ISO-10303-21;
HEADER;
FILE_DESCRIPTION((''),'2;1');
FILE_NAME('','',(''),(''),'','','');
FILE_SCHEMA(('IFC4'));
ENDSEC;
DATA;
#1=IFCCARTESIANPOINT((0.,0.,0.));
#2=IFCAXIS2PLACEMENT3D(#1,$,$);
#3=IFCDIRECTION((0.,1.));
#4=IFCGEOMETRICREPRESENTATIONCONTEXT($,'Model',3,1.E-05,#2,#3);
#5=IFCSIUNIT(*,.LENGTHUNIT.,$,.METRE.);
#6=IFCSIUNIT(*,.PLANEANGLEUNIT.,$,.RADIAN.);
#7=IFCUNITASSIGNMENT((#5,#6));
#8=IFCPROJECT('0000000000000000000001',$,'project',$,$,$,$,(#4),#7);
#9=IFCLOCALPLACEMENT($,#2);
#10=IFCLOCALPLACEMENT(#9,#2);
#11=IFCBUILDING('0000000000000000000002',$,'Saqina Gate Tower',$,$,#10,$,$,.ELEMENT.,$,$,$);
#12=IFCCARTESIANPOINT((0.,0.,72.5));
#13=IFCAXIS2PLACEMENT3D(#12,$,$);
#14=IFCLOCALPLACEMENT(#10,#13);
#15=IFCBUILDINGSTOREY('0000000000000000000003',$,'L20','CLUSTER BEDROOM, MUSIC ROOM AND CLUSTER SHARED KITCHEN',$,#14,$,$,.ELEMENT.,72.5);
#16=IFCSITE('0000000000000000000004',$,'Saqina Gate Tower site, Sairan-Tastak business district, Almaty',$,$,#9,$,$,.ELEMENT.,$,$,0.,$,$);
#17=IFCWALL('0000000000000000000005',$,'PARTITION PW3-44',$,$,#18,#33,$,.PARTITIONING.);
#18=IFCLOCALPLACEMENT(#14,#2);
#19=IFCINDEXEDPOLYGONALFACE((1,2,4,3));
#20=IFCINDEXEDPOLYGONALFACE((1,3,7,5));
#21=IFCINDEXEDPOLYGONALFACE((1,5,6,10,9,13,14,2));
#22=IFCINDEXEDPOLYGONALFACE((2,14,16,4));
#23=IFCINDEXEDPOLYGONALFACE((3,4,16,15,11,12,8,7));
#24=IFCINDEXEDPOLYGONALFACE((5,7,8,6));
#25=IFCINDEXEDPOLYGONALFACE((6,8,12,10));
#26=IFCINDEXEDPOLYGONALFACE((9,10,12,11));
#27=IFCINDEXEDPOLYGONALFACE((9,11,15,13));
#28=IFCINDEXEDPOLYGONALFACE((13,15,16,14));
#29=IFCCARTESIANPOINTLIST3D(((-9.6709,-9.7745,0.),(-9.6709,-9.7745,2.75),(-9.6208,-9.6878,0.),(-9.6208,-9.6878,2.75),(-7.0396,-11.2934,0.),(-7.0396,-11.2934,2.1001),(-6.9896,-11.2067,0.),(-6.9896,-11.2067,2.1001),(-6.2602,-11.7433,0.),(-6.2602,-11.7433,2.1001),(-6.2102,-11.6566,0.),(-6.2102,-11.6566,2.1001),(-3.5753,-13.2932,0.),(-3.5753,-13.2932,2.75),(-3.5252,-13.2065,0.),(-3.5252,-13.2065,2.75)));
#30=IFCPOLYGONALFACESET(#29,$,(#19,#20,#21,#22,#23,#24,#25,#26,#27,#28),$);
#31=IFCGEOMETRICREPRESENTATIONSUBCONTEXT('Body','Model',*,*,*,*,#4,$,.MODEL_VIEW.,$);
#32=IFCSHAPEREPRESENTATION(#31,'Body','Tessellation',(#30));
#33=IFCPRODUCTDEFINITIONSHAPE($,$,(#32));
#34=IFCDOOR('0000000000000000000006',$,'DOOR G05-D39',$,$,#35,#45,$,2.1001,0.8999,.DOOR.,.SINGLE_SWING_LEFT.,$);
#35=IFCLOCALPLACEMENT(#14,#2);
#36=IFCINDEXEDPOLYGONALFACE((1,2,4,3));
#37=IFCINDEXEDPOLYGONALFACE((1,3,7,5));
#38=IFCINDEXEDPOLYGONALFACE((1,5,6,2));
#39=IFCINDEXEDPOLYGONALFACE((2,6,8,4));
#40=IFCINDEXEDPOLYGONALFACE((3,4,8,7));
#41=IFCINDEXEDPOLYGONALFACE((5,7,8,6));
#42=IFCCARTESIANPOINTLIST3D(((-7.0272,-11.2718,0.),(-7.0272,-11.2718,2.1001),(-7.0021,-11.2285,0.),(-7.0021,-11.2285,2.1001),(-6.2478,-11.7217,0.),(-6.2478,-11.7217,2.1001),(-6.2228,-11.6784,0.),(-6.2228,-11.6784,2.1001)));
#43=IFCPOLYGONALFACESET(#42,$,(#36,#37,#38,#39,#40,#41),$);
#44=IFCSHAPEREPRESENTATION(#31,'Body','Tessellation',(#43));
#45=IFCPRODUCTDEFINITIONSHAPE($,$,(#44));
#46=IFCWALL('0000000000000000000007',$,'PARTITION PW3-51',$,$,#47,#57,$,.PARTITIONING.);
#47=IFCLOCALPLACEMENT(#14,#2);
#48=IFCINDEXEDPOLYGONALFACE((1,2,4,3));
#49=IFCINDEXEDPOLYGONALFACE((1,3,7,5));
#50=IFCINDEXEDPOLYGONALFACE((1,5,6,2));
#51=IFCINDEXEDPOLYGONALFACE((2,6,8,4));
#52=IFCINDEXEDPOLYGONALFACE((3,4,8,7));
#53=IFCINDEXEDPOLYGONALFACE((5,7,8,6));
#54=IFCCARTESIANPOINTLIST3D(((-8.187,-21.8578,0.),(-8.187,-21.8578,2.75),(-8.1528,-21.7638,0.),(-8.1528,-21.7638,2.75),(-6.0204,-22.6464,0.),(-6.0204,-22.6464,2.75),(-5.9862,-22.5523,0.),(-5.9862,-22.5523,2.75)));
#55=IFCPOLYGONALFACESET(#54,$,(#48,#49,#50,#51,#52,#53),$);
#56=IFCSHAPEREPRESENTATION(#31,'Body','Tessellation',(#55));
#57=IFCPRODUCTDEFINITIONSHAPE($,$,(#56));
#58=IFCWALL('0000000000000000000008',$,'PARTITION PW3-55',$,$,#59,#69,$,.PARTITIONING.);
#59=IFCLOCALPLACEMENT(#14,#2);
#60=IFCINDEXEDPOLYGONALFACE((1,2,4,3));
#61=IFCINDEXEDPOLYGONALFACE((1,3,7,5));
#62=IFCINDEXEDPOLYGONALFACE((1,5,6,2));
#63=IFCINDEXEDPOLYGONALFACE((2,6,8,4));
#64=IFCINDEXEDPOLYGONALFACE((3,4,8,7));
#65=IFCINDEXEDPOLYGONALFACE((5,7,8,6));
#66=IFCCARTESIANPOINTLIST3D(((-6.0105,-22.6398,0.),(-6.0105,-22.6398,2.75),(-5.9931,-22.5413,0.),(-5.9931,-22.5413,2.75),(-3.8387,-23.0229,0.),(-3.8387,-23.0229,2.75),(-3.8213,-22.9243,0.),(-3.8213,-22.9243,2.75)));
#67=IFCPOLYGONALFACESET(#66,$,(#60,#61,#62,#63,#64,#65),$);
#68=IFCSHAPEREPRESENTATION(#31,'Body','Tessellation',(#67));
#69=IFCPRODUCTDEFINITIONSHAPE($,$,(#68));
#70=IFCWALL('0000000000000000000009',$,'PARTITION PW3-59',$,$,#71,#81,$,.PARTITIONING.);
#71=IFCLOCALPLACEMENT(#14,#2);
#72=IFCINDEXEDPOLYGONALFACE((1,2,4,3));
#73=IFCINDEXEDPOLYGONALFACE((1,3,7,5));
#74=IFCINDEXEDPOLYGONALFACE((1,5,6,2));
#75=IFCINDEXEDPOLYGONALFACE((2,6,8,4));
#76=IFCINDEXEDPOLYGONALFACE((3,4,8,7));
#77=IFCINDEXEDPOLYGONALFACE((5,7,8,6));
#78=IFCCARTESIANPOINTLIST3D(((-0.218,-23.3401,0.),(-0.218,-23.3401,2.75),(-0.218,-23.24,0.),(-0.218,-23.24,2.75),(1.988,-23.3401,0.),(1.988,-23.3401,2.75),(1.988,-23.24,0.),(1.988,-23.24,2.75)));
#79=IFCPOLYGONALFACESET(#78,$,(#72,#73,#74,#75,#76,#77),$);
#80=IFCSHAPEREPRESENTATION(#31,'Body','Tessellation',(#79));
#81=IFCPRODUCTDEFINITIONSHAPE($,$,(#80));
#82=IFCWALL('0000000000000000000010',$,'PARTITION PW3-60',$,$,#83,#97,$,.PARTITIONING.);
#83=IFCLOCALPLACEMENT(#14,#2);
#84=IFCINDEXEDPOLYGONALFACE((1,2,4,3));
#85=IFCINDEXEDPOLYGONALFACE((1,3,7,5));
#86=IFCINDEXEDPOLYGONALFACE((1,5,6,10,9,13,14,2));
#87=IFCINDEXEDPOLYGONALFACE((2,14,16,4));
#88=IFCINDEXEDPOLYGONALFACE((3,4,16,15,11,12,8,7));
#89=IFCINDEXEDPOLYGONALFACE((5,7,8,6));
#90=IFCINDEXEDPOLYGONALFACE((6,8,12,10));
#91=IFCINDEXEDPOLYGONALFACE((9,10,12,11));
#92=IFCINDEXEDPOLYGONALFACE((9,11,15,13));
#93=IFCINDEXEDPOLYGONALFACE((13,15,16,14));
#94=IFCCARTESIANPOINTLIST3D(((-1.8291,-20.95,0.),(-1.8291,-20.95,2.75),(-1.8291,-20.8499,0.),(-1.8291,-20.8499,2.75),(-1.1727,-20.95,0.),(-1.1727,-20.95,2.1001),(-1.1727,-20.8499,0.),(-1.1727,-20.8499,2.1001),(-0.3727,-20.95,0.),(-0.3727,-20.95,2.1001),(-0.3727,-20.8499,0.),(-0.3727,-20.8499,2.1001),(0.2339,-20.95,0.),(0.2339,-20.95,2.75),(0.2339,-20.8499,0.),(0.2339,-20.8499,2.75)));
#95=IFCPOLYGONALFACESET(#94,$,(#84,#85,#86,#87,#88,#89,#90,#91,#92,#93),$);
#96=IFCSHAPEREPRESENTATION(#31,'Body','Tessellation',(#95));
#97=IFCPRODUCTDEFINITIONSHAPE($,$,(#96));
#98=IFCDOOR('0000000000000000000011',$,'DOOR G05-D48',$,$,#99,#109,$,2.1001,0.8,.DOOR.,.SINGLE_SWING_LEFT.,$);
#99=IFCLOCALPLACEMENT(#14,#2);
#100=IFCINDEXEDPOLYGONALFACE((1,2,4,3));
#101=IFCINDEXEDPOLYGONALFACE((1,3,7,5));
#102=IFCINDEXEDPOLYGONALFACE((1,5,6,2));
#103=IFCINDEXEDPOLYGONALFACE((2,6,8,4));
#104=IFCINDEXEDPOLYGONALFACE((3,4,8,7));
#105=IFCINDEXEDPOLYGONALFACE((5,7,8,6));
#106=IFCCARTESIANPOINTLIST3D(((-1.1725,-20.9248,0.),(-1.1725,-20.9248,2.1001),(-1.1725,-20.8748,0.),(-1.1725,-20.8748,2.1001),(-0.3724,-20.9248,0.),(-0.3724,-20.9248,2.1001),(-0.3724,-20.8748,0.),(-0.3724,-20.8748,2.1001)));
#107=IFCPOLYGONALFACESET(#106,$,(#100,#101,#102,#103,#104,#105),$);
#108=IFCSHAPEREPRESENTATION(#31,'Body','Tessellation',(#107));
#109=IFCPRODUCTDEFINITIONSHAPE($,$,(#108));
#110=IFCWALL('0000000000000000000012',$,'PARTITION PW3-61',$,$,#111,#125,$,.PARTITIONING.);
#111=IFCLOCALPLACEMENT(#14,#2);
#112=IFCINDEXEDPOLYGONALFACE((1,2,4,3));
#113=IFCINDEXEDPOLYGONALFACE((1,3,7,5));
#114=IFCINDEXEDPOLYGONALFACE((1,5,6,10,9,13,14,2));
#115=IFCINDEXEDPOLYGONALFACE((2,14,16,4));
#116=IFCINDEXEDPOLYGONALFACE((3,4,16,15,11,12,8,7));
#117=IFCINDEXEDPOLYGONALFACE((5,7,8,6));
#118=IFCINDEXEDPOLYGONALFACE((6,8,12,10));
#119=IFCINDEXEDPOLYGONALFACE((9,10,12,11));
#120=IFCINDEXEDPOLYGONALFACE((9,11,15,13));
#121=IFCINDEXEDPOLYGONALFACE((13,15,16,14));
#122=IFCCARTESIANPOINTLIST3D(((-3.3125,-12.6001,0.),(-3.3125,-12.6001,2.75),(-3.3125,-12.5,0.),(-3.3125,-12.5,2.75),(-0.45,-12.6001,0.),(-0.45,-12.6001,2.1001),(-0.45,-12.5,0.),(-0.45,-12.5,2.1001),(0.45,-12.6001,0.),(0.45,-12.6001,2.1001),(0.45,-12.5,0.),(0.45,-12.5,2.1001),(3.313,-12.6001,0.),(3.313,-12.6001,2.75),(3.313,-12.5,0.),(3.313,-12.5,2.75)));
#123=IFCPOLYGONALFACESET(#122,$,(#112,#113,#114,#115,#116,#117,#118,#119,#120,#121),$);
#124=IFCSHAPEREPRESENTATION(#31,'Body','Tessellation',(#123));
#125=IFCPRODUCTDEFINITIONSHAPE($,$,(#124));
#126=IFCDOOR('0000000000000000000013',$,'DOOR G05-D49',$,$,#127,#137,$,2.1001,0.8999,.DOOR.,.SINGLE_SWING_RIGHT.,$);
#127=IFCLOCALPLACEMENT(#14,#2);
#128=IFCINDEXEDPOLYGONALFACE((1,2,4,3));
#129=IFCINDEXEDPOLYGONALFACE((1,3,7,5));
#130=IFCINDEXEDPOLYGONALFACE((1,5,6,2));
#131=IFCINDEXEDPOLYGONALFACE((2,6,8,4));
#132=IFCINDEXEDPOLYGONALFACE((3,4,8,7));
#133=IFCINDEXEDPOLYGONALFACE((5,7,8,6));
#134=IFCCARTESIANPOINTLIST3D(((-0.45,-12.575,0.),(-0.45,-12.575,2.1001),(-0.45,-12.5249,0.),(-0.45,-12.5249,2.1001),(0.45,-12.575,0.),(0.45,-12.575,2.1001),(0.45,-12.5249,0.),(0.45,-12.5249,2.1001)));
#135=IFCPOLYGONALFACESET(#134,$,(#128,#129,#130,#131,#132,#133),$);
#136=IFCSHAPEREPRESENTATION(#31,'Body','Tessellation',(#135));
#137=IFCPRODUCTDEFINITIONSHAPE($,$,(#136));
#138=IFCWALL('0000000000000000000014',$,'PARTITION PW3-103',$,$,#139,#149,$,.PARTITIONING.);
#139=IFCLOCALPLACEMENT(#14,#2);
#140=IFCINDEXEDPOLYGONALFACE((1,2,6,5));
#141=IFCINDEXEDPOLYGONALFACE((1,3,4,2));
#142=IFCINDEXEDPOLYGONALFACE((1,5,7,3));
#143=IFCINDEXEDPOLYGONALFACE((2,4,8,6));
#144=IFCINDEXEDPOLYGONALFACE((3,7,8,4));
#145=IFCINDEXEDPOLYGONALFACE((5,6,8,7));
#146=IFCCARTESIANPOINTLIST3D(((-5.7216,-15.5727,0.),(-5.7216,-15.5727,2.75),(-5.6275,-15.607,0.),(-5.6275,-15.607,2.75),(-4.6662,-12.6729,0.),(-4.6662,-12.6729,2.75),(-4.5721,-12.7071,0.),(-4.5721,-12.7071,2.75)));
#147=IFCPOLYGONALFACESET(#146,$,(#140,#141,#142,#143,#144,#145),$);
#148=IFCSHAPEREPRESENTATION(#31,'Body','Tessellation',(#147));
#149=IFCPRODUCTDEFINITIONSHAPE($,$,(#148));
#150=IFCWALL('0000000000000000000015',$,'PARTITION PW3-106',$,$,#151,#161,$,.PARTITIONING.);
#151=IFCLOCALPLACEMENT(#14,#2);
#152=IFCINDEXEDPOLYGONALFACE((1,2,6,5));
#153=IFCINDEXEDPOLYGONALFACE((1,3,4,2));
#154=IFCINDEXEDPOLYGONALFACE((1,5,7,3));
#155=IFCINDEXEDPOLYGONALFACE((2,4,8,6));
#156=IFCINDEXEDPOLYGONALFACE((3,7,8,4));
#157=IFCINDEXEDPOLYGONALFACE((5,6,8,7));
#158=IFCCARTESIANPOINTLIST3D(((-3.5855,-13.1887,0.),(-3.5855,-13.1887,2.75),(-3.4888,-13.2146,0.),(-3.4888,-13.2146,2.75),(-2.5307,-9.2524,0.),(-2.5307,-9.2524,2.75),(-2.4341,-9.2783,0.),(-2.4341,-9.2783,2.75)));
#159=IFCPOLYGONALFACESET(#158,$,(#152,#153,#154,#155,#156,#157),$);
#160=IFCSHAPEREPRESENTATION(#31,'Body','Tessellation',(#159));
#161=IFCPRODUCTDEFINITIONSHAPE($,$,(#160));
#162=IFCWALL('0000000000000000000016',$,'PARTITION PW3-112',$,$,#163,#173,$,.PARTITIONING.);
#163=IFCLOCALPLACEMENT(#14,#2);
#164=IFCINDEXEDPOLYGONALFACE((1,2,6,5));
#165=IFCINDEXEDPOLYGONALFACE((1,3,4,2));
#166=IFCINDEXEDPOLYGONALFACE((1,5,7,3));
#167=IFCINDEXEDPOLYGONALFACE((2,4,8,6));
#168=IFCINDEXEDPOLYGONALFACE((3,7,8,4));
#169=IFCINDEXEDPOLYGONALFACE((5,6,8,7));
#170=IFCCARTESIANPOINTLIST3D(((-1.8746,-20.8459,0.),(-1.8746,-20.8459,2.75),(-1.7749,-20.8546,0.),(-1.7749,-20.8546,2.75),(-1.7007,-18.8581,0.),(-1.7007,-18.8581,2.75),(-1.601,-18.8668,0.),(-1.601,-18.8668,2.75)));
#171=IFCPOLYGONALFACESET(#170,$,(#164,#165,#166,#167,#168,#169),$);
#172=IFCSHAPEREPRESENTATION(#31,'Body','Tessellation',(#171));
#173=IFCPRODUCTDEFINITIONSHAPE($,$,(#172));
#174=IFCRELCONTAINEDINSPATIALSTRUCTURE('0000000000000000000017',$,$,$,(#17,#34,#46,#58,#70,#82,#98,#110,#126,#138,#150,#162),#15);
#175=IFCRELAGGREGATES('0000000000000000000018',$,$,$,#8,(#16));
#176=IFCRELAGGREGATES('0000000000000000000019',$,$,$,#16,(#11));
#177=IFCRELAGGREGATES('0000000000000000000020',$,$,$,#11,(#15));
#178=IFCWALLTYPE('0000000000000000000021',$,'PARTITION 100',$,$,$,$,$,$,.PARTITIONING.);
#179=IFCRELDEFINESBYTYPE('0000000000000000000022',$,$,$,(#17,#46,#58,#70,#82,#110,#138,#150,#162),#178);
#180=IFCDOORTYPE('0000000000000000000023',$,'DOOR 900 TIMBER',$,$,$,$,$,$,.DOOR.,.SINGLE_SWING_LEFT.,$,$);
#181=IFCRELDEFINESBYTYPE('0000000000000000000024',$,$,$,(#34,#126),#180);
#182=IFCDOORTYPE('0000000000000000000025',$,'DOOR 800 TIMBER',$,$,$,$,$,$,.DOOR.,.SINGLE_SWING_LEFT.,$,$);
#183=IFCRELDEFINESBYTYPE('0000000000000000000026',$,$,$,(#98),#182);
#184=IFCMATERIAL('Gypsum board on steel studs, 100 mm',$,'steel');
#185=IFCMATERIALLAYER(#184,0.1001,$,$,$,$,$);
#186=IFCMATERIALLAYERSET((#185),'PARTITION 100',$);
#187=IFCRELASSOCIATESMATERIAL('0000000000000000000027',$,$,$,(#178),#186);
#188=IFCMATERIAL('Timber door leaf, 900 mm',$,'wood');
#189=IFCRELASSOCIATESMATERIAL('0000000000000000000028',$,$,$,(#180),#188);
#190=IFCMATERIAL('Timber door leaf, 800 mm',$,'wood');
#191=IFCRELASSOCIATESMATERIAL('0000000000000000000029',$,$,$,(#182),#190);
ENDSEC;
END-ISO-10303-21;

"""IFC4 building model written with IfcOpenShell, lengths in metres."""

from ifc_helpers import new_model, si_unit, direction, frame, frame_2d, origin, place, context, subcontext, project, spatial, rectangle, extrude, material, layer, layer_set, type_object, element, fill, save


model = new_model("IFC4")

# Units and contexts
model_context = context("Model", 3, precision=1e-05, world=origin(), true_north=direction((0.0, 1.0)))
body_context = subcontext(model_context, "Body", "Model", "MODEL_VIEW")
ifc_project = project(units=[si_unit("LENGTHUNIT", "METRE"), si_unit("PLANEANGLEUNIT", "RADIAN")], contexts=[model_context])

# Site, building, storey
site_placement = place(None, origin())
site = spatial("IfcSite", under=ifc_project, at=site_placement, Name="Saqina Gate Tower site, Sairan-Tastak business district, Almaty", CompositionType="ELEMENT", RefElevation=0.0)
building_placement = place(site_placement, origin())
building = spatial("IfcBuilding", under=site, at=building_placement, Name="Saqina Gate Tower", CompositionType="ELEMENT")
storey_placement = place(building_placement, frame((0.0, 0.0, 72.5)))
storey = spatial("IfcBuildingStorey", under=building, at=storey_placement, Name="L20", Description="CLUSTER BEDROOM, MUSIC ROOM AND CLUSTER SHARED KITCHEN", CompositionType="ELEMENT", Elevation=72.5)

# Wall, opening, door
ifc_material_1 = material(Name="Gypsum board on steel studs, 100 mm", Category="steel")
ifc_layer_1 = layer(ifc_material_1, 0.1001)
ifc_layer_set_1 = layer_set([ifc_layer_1], Name="PARTITION 100")
wall_type_1 = type_object("IfcWallType", Name="PARTITION 100", PredefinedType="PARTITIONING", material=ifc_layer_set_1)
wall_1_placement = place(storey_placement, frame((-9.6458, -9.7312, 0.0), z_axis=(0.0, 0.0, 1.0), x_axis=(0.86606, -0.499941, 0.0)))
wall_1 = element("IfcWall", 1, at=wall_1_placement, inside=storey, type_object=wall_type_1, Name="PARTITION PW3-44", PredefinedType="PARTITIONING", context=body_context, shape_type="SweptSolid", body=[
    extrude(rectangle(XDim=7.0383, YDim=0.1001, at=frame_2d((3.519, 0.0))), origin(), (0.0, 0.0, 1.0), 2.75),
])
opening_1_placement = place(wall_1_placement, frame((3.0381, 0.0, 0.0)))
opening_1 = element("IfcOpeningElement", 2, at=opening_1_placement, cuts=wall_1, PredefinedType="OPENING", context=body_context, shape_type="SweptSolid", body=[
    extrude(rectangle(XDim=0.8999, YDim=2.1001, at=frame_2d((0.45, 1.05))), frame((0.0, 0.062, 0.0), z_axis=(0.0, -1.0, 0.0), x_axis=(1.0, 0.0, 0.0)), (0.0, 0.0, 1.0), 0.124),
])
ifc_material_2 = material(Name="Timber door leaf, 900 mm", Category="wood")
door_type_1 = type_object("IfcDoorType", Name="DOOR 900 TIMBER", OperationType="SINGLE_SWING_LEFT", PredefinedType="DOOR", material=ifc_material_2)
door_1_placement = place(opening_1_placement, origin())
door_1 = element("IfcDoor", 3, at=door_1_placement, inside=storey, type_object=door_type_1, Name="DOOR G05-D39", OperationType="SINGLE_SWING_LEFT", OverallHeight=2.1001, OverallWidth=0.8999, PredefinedType="DOOR", context=body_context, shape_type="SweptSolid", body=[
    extrude(rectangle(XDim=0.8999, YDim=2.1001, at=frame_2d((0.45, 1.05))), frame((0.0, 0.0249, 0.0), z_axis=(0.0, -1.0, 0.0), x_axis=(1.0, 0.0, 0.0)), (0.0, 0.0, 1.0), 0.05),
])
fill(opening_1, door_1)

# Walls
wall_2_placement = place(storey_placement, frame((-8.1699, -21.8108, 0.0), z_axis=(0.0, 0.0, 1.0), x_axis=(0.939701, -0.341998, 0.0)))
element("IfcWall", 4, at=wall_2_placement, inside=storey, type_object=wall_type_1, Name="PARTITION PW3-51", PredefinedType="PARTITIONING", context=body_context, shape_type="SweptSolid", body=[
    extrude(rectangle(XDim=2.3057, YDim=0.1001, at=frame_2d((1.1528, 0.0))), origin(), (0.0, 0.0, 1.0), 2.75),
])
wall_3_placement = place(storey_placement, frame((-6.0017, -22.5906, 0.0), z_axis=(0.0, 0.0, 1.0), x_axis=(0.9848, -0.173691, 0.0)))
element("IfcWall", 5, at=wall_3_placement, inside=storey, type_object=wall_type_1, Name="PARTITION PW3-55", PredefinedType="PARTITIONING", context=body_context, shape_type="SweptSolid", body=[
    extrude(rectangle(XDim=2.2053, YDim=0.1001, at=frame_2d((1.1025, 0.0))), origin(), (0.0, 0.0, 1.0), 2.75),
])
wall_4_placement = place(storey_placement, frame((-0.218, -23.29, 0.0), z_axis=(0.0, 0.0, 1.0), x_axis=(1.0, 0.0, 0.0)))
element("IfcWall", 6, at=wall_4_placement, inside=storey, type_object=wall_type_1, Name="PARTITION PW3-59", PredefinedType="PARTITIONING", context=body_context, shape_type="SweptSolid", body=[
    extrude(rectangle(XDim=2.2061, YDim=0.1001, at=frame_2d((1.103, 0.0))), origin(), (0.0, 0.0, 1.0), 2.75),
])

# Walls, openings, doors
wall_5_placement = place(storey_placement, frame((-1.8291, -20.8999, 0.0), z_axis=(0.0, 0.0, 1.0), x_axis=(1.0, 0.0, 0.0)))
wall_5 = element("IfcWall", 7, at=wall_5_placement, inside=storey, type_object=wall_type_1, Name="PARTITION PW3-60", PredefinedType="PARTITIONING", context=body_context, shape_type="SweptSolid", body=[
    extrude(rectangle(XDim=2.063, YDim=0.1001, at=frame_2d((1.0315, 0.0))), origin(), (0.0, 0.0, 1.0), 2.75),
])
opening_2_placement = place(wall_5_placement, frame((0.6565, 0.0, 0.0)))
opening_2 = element("IfcOpeningElement", 8, at=opening_2_placement, cuts=wall_5, PredefinedType="OPENING", context=body_context, shape_type="SweptSolid", body=[
    extrude(rectangle(XDim=0.8, YDim=2.1001, at=frame_2d((0.3999, 1.05))), frame((0.0, 0.062, 0.0), z_axis=(0.0, -1.0, 0.0), x_axis=(1.0, 0.0, 0.0)), (0.0, 0.0, 1.0), 0.124),
])
ifc_material_3 = material(Name="Timber door leaf, 800 mm", Category="wood")
door_type_2 = type_object("IfcDoorType", Name="DOOR 800 TIMBER", OperationType="SINGLE_SWING_LEFT", PredefinedType="DOOR", material=ifc_material_3)
door_2_placement = place(opening_2_placement, frame((0.8, 0.0, 0.0), z_axis=(0.0, 0.0, 1.0), x_axis=(-1.0, 0.0, 0.0)))
door_2 = element("IfcDoor", 9, at=door_2_placement, inside=storey, type_object=door_type_2, Name="DOOR G05-D48", OperationType="SINGLE_SWING_LEFT", OverallHeight=2.1001, OverallWidth=0.8, PredefinedType="DOOR", context=body_context, shape_type="SweptSolid", body=[
    extrude(rectangle(XDim=0.8, YDim=2.1001, at=frame_2d((0.3999, 1.05))), frame((0.0, 0.0249, 0.0), z_axis=(0.0, -1.0, 0.0), x_axis=(1.0, 0.0, 0.0)), (0.0, 0.0, 1.0), 0.05),
])
fill(opening_2, door_2)
wall_6_placement = place(storey_placement, frame((-3.3125, -12.55, 0.0), z_axis=(0.0, 0.0, 1.0), x_axis=(1.0, 0.0, 0.0)))
wall_6 = element("IfcWall", 10, at=wall_6_placement, inside=storey, type_object=wall_type_1, Name="PARTITION PW3-61", PredefinedType="PARTITIONING", context=body_context, shape_type="SweptSolid", body=[
    extrude(rectangle(XDim=6.6255, YDim=0.1001, at=frame_2d((3.3127, 0.0))), origin(), (0.0, 0.0, 1.0), 2.75),
])
opening_3_placement = place(wall_6_placement, frame((2.8625, 0.0, 0.0)))
opening_3 = element("IfcOpeningElement", 11, at=opening_3_placement, cuts=wall_6, PredefinedType="OPENING", context=body_context, shape_type="SweptSolid", body=[
    extrude(rectangle(XDim=0.8999, YDim=2.1001, at=frame_2d((0.45, 1.05))), frame((0.0, 0.062, 0.0), z_axis=(0.0, -1.0, 0.0), x_axis=(1.0, 0.0, 0.0)), (0.0, 0.0, 1.0), 0.124),
])
door_3_placement = place(opening_3_placement, frame((0.8999, 0.0, 0.0), z_axis=(0.0, 0.0, 1.0), x_axis=(-1.0, 0.0, 0.0)))
door_3 = element("IfcDoor", 12, at=door_3_placement, inside=storey, type_object=door_type_1, Name="DOOR G05-D49", OperationType="SINGLE_SWING_RIGHT", OverallHeight=2.1001, OverallWidth=0.8999, PredefinedType="DOOR", context=body_context, shape_type="SweptSolid", body=[
    extrude(rectangle(XDim=0.8999, YDim=2.1001, at=frame_2d((0.45, 1.05))), frame((0.0, 0.0249, 0.0), z_axis=(0.0, -1.0, 0.0), x_axis=(1.0, 0.0, 0.0)), (0.0, 0.0, 1.0), 0.05),
])
fill(opening_3, door_3)

# Walls
wall_7_placement = place(storey_placement, frame((-5.6746, -15.5898, 0.0), z_axis=(0.0, 0.0, 1.0), x_axis=(0.342003, 0.939699, 0.0)))
element("IfcWall", 13, at=wall_7_placement, inside=storey, type_object=wall_type_1, Name="PARTITION PW3-103", PredefinedType="PARTITIONING", context=body_context, shape_type="SweptSolid", body=[
    extrude(rectangle(XDim=3.0859, YDim=0.1001, at=frame_2d((1.543, 0.0))), origin(), (0.0, 0.0, 1.0), 2.75),
])
wall_8_placement = place(storey_placement, frame((-3.5371, -13.2017, 0.0), z_axis=(0.0, 0.0, 1.0), x_axis=(0.258811, 0.965928, 0.0)))
element("IfcWall", 14, at=wall_8_placement, inside=storey, type_object=wall_type_1, Name="PARTITION PW3-106", PredefinedType="PARTITIONING", context=body_context, shape_type="SweptSolid", body=[
    extrude(rectangle(XDim=4.0752, YDim=0.1001, at=frame_2d((2.0376, 0.0))), origin(), (0.0, 0.0, 1.0), 2.75),
])
wall_9_placement = place(storey_placement, frame((-1.8247, -20.8501, 0.0), z_axis=(0.0, 0.0, 1.0), x_axis=(0.087115, 0.996198, 0.0)))
element("IfcWall", 15, at=wall_9_placement, inside=storey, type_object=wall_type_1, Name="PARTITION PW3-112", PredefinedType="PARTITIONING", context=body_context, shape_type="SweptSolid", body=[
    extrude(rectangle(XDim=1.9954, YDim=0.1001, at=frame_2d((0.9976, 0.0))), origin(), (0.0, 0.0, 1.0), 2.75),
])

save(model, "model.ifc")
